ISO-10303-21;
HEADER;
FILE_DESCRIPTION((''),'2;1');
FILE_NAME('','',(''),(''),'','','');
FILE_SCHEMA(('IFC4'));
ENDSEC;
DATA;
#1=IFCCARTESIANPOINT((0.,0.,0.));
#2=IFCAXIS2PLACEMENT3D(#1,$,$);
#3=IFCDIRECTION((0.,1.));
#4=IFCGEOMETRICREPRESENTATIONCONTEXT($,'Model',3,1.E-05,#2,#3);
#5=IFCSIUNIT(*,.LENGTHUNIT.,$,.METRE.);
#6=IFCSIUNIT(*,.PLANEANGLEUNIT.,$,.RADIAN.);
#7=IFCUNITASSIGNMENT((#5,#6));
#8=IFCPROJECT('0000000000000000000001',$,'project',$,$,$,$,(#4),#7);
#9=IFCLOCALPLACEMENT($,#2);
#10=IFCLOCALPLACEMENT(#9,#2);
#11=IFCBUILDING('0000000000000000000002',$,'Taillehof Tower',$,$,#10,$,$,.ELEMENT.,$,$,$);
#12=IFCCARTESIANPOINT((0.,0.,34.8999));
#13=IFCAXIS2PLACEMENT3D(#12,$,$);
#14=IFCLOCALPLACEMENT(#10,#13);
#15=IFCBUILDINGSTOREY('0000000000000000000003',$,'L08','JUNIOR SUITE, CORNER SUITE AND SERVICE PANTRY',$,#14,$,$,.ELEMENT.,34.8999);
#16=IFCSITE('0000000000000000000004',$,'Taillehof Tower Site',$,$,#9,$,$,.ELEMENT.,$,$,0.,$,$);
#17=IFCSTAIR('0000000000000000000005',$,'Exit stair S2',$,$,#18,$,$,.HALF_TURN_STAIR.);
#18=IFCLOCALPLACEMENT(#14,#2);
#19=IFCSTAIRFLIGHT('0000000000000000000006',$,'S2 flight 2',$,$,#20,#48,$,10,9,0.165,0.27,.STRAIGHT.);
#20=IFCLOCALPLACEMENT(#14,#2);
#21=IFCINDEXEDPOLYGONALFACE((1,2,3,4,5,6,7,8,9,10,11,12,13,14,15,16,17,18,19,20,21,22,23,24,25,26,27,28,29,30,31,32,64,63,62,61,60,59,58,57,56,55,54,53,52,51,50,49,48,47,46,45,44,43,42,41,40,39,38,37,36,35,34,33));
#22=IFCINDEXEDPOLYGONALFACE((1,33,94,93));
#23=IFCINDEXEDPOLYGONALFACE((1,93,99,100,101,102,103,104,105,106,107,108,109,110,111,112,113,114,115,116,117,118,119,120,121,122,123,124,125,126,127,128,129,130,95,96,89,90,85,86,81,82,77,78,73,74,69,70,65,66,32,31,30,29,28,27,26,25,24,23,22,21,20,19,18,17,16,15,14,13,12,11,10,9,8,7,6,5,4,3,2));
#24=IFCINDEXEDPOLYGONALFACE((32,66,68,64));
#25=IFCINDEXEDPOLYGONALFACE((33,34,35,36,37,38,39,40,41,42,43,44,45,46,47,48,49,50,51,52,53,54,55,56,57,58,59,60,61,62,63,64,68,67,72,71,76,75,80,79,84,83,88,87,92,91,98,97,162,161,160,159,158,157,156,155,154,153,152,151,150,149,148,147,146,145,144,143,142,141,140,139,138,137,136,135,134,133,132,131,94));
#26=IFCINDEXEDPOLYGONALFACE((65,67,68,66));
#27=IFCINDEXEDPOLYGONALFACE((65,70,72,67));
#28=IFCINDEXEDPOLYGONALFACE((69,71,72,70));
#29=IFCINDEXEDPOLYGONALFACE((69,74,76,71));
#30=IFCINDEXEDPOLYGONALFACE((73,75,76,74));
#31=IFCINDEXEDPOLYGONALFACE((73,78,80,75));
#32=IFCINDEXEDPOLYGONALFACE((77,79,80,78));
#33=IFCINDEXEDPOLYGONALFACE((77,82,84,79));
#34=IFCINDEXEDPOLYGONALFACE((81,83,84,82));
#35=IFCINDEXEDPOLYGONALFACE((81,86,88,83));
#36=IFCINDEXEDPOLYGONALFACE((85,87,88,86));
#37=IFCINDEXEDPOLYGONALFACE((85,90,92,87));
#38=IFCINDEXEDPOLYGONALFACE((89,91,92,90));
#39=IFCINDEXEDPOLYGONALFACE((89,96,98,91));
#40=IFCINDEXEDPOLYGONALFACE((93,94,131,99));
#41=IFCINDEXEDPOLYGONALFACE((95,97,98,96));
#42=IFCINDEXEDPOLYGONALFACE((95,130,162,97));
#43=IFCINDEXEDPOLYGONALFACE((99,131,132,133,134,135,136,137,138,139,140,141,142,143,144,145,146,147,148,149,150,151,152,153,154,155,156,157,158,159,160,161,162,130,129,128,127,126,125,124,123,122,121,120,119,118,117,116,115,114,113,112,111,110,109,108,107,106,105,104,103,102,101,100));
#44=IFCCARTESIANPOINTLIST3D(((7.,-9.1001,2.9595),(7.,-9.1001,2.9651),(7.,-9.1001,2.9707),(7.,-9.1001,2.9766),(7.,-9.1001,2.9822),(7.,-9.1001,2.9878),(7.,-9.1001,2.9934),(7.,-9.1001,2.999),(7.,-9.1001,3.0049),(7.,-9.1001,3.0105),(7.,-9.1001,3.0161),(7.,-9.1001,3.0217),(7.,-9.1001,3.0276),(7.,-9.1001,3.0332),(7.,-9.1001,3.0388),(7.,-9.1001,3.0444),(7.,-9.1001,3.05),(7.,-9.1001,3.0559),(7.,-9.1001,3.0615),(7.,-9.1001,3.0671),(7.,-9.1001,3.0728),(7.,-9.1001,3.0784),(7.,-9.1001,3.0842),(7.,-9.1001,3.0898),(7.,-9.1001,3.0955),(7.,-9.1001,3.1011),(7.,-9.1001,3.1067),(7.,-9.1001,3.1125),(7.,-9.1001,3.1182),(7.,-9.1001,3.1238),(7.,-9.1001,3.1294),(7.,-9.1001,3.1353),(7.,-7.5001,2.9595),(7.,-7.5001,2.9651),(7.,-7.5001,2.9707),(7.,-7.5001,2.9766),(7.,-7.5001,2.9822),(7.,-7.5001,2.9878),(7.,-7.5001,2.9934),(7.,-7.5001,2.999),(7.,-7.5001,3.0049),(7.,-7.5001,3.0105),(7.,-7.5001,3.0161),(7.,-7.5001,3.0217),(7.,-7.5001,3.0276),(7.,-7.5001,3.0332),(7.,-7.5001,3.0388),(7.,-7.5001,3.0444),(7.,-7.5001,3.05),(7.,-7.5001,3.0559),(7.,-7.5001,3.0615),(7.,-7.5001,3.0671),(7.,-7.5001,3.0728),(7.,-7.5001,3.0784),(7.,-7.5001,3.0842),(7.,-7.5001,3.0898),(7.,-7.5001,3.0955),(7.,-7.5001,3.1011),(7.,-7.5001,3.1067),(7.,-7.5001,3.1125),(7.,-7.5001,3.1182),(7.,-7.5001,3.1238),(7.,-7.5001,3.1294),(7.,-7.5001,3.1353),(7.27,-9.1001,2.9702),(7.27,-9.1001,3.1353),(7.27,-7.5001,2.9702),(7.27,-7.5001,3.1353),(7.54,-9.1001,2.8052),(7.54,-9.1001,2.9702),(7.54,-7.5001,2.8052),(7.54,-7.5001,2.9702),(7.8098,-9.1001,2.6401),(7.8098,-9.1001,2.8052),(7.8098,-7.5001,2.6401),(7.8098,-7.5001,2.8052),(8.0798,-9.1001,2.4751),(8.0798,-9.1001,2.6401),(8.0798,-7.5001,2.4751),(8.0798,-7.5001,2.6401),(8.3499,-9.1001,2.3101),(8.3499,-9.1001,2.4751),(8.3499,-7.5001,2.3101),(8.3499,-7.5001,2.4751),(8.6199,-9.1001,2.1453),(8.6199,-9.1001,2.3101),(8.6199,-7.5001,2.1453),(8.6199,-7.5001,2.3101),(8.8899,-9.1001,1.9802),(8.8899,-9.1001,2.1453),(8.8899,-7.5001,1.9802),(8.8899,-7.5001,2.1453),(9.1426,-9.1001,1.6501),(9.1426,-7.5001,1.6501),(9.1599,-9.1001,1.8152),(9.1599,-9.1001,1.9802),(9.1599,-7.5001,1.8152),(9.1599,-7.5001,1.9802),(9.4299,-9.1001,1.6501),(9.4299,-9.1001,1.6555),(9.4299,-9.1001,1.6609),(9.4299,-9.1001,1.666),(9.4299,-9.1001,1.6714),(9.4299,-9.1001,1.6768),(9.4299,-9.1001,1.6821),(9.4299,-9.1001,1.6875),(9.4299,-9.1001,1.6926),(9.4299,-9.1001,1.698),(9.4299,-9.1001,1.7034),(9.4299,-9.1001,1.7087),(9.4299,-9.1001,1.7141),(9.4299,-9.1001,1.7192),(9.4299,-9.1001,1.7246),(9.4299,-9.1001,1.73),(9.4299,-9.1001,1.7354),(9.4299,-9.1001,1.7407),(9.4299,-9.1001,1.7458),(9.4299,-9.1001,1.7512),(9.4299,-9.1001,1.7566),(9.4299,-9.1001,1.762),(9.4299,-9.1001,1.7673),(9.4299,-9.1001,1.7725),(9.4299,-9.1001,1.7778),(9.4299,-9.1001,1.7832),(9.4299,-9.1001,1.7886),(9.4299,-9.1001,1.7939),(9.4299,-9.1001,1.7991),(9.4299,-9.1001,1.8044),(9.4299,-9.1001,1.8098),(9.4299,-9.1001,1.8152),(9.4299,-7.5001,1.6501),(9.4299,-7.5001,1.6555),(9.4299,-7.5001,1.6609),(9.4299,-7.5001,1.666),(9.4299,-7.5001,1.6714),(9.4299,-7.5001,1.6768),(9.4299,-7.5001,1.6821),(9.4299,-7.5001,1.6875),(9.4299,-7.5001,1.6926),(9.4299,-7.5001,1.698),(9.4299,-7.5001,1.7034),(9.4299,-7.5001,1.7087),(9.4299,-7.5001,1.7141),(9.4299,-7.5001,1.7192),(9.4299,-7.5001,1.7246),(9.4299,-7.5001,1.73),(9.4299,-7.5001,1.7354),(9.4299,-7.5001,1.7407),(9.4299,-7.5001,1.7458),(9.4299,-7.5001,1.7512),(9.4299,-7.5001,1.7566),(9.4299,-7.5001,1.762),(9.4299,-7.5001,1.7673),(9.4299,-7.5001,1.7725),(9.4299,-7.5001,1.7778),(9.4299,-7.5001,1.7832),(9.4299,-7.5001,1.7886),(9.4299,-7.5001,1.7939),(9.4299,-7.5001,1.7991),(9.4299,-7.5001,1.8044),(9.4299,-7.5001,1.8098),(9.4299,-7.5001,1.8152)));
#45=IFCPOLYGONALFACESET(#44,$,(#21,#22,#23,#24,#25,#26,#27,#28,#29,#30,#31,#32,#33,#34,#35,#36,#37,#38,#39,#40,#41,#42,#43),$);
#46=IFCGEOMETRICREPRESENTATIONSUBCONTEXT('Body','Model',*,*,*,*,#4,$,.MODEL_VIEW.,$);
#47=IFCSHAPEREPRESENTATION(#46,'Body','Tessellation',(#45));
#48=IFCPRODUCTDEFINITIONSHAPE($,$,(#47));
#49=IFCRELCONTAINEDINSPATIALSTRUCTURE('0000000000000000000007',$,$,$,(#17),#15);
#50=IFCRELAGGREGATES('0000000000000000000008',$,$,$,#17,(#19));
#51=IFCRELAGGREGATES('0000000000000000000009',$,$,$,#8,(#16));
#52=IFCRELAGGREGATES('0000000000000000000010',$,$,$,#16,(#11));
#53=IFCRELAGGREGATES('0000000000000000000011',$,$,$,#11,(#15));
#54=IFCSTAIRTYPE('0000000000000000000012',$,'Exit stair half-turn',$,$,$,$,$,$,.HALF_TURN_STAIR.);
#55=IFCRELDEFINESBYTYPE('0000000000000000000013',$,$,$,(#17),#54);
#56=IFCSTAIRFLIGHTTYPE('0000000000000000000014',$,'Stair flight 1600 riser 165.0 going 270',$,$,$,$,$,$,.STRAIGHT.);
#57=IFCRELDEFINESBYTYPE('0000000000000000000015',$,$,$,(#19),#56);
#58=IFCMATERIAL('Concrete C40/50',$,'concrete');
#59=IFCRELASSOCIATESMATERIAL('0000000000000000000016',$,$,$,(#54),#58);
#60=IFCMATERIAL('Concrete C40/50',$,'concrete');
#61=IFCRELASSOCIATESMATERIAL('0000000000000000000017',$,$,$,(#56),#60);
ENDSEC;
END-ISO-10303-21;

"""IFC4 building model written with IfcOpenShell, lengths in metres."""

from ifc_helpers import new_model, si_unit, direction, frame, origin, place, context, subcontext, project, spatial, polyline, outline, extrude, material, type_object, element, aggregate, save


model = new_model("IFC4")

# Units and contexts
model_context = context("Model", 3, precision=1e-05, world=origin(), true_north=direction((0.0, 1.0)))
body_context = subcontext(model_context, "Body", "Model", "MODEL_VIEW")
ifc_project = project(units=[si_unit("LENGTHUNIT", "METRE"), si_unit("PLANEANGLEUNIT", "RADIAN")], contexts=[model_context])

# Site, building, storey
site_placement = place(None, origin())
site = spatial("IfcSite", under=ifc_project, at=site_placement, Name="Taillehof Tower Site", CompositionType="ELEMENT", RefElevation=0.0)
building_placement = place(site_placement, origin())
building = spatial("IfcBuilding", under=site, at=building_placement, Name="Taillehof Tower", CompositionType="ELEMENT")
storey_placement = place(building_placement, frame((0.0, 0.0, 34.8999)))
storey = spatial("IfcBuildingStorey", under=building, at=storey_placement, Name="L08", Description="JUNIOR SUITE, CORNER SUITE AND SERVICE PANTRY", CompositionType="ELEMENT", Elevation=34.8999)

# Stair, stair flight
ifc_material_1 = material(Name="Concrete C40/50", Category="concrete")
stair_type = type_object("IfcStairType", Name="Exit stair half-turn", PredefinedType="HALF_TURN_STAIR", material=ifc_material_1)
stair_placement = place(storey_placement, origin())
stair = element("IfcStair", 1, at=stair_placement, inside=storey, type_object=stair_type, Name="Exit stair S2", PredefinedType="HALF_TURN_STAIR")
ifc_material_2 = material(Name="Concrete C40/50", Category="concrete")
stair_flight_type = type_object("IfcStairFlightType", Name="Stair flight 1600 riser 165.0 going 270", PredefinedType="STRAIGHT", material=ifc_material_2)
stair_flight_1_placement = place(storey_placement, frame((9.4299, -8.3, 1.6501), z_axis=(0.0, 0.0, 1.0), x_axis=(-1.0, 0.0, 0.0)))
stair_flight_1 = element("IfcStairFlight", 2, at=stair_flight_1_placement, type_object=stair_flight_type, Name="S2 flight 2", NumberOfRisers=10, NumberOfTreads=9, PredefinedType="STRAIGHT", RiserHeight=0.165, TreadLength=0.27, context=body_context, shape_type="SweptSolid", body=[
    extrude(outline(polyline([(0.0, 0.0), (0.0, 0.0054), (0.0, 0.0107), (0.0, 0.0159), (0.0, 0.0212), (0.0, 0.0266), (0.0, 0.032), (0.0, 0.0374), (0.0, 0.0425), (0.0, 0.0479), (0.0, 0.0532), (0.0, 0.0586), (0.0, 0.064), (0.0, 0.0691), (0.0, 0.0745), (0.0, 0.0798), (0.0, 0.0852), (0.0, 0.0906), (0.0, 0.0957), (0.0, 0.1011), (0.0, 0.1064), (0.0, 0.1118), (0.0, 0.1172), (0.0, 0.1223), (0.0, 0.1277), (0.0, 0.1331), (0.0, 0.1384), (0.0, 0.1438), (0.0, 0.1489), (0.0, 0.1543), (0.0, 0.1597), (0.0, 0.165), (0.27, 0.165), (0.27, 0.3301), (0.54, 0.3301), (0.54, 0.4951), (0.8101, 0.4951), (0.8101, 0.6599), (1.0801, 0.6599), (1.0801, 0.825), (1.3501, 0.825), (1.3501, 0.99), (1.6201, 0.99), (1.6201, 1.155), (1.8899, 1.155), (1.8899, 1.3201), (2.1599, 1.3201), (2.1599, 1.4851), (2.4299, 1.4851), (2.4299, 1.4792), (2.4299, 1.4736), (2.4299, 1.468), (2.4299, 1.4624), (2.4299, 1.4565), (2.4299, 1.4509), (2.4299, 1.4453), (2.4299, 1.4397), (2.4299, 1.4341), (2.4299, 1.4282), (2.4299, 1.4226), (2.4299, 1.417), (2.4299, 1.4114), (2.4299, 1.4058), (2.4299, 1.3999), (2.4299, 1.3943), (2.4299, 1.3887), (2.4299, 1.3831), (2.4299, 1.3774), (2.4299, 1.3716), (2.4299, 1.366), (2.4299, 1.3604), (2.4299, 1.3547), (2.4299, 1.3489), (2.4299, 1.3433), (2.4299, 1.3376), (2.4299, 1.332), (2.4299, 1.3264), (2.4299, 1.3206), (2.4299, 1.3149), (2.4299, 1.3093), (0.2874, 0.0), (0.0, 0.0)])), frame((0.0, 0.8, 0.0), z_axis=(0.0, -1.0, 0.0), x_axis=(1.0, 0.0, 0.0)), (0.0, 0.0, 1.0), 1.6),
])
aggregate(stair, [stair_flight_1])

save(model, "model.ifc")
